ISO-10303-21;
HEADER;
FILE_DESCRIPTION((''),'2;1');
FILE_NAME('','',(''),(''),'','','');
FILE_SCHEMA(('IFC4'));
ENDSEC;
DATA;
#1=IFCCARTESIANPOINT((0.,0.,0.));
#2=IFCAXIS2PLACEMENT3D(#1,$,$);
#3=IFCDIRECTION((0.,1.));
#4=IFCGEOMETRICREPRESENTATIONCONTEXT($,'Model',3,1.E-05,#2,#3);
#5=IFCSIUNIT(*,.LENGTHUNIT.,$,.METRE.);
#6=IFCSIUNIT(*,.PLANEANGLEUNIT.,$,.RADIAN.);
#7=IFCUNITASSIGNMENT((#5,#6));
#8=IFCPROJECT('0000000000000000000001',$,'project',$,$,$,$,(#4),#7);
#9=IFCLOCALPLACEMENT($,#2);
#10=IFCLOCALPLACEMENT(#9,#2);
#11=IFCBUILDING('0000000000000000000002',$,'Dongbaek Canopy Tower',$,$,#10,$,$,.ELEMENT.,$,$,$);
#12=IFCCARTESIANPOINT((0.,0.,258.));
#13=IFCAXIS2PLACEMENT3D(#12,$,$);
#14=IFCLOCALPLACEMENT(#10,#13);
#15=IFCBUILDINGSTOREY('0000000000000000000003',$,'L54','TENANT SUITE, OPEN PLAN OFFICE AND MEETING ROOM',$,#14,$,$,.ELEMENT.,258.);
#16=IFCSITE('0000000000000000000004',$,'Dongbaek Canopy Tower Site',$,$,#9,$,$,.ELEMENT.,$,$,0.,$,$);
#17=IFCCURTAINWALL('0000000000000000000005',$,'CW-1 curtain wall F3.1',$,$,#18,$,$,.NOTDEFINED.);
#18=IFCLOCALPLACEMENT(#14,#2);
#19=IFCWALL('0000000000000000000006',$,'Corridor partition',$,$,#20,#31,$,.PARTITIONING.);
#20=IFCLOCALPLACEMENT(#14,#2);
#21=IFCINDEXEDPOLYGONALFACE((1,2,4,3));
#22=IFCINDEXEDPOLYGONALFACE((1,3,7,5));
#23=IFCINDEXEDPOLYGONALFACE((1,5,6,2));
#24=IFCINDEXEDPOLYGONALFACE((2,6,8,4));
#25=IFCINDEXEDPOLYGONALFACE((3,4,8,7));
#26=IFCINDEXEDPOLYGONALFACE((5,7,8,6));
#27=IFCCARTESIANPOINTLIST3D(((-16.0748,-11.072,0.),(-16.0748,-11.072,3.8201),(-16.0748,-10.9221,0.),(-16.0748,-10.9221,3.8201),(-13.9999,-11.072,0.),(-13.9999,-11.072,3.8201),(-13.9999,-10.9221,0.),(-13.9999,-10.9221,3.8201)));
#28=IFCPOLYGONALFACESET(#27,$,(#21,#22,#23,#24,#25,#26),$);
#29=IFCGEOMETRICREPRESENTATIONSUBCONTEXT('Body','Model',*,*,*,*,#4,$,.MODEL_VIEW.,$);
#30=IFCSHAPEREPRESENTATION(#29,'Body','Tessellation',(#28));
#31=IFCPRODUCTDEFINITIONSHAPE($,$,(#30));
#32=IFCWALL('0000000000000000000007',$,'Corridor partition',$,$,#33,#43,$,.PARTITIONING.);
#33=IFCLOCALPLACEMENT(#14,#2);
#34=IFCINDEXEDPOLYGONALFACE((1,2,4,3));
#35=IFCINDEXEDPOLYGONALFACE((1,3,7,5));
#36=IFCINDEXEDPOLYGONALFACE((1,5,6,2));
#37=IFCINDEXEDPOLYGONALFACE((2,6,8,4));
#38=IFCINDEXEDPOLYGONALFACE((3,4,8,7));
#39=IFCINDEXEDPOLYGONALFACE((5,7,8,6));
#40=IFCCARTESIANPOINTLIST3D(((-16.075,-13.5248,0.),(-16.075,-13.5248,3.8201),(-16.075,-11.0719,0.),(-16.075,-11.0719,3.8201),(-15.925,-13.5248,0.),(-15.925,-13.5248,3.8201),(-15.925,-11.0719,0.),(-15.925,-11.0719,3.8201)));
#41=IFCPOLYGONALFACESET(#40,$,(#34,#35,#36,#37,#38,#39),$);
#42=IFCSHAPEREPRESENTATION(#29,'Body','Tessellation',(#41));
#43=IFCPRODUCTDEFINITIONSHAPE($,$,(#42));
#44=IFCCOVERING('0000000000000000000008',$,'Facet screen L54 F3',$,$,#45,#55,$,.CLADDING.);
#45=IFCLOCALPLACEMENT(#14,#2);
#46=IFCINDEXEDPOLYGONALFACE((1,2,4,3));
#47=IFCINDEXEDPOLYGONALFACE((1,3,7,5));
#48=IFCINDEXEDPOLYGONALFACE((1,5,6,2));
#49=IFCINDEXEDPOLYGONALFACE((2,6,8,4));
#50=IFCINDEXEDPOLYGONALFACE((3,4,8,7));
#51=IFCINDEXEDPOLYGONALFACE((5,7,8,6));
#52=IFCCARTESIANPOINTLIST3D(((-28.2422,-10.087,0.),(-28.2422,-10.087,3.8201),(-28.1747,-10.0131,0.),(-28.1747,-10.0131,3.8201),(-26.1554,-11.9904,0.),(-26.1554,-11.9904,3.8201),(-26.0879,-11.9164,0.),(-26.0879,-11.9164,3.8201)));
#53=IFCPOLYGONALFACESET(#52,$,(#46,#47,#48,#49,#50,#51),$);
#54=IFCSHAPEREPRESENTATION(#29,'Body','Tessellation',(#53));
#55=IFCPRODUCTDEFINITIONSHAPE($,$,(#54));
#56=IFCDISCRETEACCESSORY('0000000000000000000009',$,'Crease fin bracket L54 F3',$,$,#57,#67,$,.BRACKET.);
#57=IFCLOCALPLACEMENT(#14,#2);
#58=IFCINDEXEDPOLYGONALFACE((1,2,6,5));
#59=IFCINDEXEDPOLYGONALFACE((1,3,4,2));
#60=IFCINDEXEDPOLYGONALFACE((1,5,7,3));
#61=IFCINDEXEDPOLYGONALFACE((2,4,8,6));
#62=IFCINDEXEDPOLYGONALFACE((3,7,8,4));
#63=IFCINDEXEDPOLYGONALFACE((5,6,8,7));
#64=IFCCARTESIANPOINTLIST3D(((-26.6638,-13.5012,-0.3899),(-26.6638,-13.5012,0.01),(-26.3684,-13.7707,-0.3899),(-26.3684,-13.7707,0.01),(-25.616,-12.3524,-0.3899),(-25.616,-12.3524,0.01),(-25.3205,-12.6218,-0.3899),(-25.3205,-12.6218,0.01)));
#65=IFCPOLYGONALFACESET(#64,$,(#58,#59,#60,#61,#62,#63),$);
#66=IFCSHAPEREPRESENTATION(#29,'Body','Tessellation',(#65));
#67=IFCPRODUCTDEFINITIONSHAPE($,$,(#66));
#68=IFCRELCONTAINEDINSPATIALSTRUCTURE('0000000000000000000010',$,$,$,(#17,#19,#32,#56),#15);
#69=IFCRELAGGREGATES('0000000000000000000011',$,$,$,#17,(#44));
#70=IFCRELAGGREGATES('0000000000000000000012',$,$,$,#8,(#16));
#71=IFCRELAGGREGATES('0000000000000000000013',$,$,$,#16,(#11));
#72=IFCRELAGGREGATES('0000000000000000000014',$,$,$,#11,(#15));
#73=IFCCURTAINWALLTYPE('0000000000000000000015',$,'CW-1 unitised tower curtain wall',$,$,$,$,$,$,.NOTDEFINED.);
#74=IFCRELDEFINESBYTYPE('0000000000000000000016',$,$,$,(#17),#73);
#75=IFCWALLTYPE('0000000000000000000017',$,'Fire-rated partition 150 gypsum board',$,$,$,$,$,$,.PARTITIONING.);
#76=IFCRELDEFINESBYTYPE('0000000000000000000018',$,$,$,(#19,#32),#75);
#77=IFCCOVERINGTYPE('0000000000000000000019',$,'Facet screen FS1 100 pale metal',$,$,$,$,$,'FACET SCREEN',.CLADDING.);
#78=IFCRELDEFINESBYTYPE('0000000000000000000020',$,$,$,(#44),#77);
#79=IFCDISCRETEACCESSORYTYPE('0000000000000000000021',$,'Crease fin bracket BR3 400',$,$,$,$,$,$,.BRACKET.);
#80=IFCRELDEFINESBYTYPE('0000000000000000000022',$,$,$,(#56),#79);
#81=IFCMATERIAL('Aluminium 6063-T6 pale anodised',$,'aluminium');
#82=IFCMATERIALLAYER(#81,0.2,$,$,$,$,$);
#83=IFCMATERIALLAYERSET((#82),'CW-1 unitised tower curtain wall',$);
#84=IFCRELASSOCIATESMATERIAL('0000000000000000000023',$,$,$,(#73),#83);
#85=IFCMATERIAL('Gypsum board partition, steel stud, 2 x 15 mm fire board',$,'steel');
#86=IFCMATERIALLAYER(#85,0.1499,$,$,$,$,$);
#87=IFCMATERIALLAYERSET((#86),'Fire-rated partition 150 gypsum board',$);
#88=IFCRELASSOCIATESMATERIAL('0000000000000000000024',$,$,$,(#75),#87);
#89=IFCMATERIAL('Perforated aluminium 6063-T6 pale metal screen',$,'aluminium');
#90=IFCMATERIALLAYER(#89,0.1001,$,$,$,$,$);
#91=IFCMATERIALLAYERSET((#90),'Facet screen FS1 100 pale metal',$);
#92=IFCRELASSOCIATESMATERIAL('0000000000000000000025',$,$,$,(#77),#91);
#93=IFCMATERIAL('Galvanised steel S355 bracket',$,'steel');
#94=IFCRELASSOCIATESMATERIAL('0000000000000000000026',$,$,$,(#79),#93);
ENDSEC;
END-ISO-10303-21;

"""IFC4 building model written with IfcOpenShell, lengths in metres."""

from ifc_helpers import new_model, si_unit, direction, frame, frame_2d, origin, origin_2d, place, context, subcontext, project, spatial, rectangle, extrude, material, layer, layer_set, type_object, element, aggregate, save


model = new_model("IFC4")

# Units and contexts
model_context = context("Model", 3, precision=1e-05, world=origin(), true_north=direction((0.0, 1.0)))
body_context = subcontext(model_context, "Body", "Model", "MODEL_VIEW")
ifc_project = project(units=[si_unit("LENGTHUNIT", "METRE"), si_unit("PLANEANGLEUNIT", "RADIAN")], contexts=[model_context])

# Site, building, storey
site_placement = place(None, origin())
site = spatial("IfcSite", under=ifc_project, at=site_placement, Name="Dongbaek Canopy Tower Site", CompositionType="ELEMENT", RefElevation=0.0)
building_placement = place(site_placement, origin())
building = spatial("IfcBuilding", under=site, at=building_placement, Name="Dongbaek Canopy Tower", CompositionType="ELEMENT")
storey_placement = place(building_placement, frame((0.0, 0.0, 258.0)))
storey = spatial("IfcBuildingStorey", under=building, at=storey_placement, Name="L54", Description="TENANT SUITE, OPEN PLAN OFFICE AND MEETING ROOM", CompositionType="ELEMENT", Elevation=258.0)

# Curtain wall
ifc_material_1 = material(Name="Aluminium 6063-T6 pale anodised", Category="aluminium")
ifc_layer_1 = layer(ifc_material_1, 0.2)
ifc_layer_set_1 = layer_set([ifc_layer_1], Name="CW-1 unitised tower curtain wall")
curtain_wall_type = type_object("IfcCurtainWallType", Name="CW-1 unitised tower curtain wall", PredefinedType="NOTDEFINED", material=ifc_layer_set_1)
curtain_wall_placement = place(storey_placement, origin())
curtain_wall = element("IfcCurtainWall", 1, at=curtain_wall_placement, inside=storey, type_object=curtain_wall_type, Name="CW-1 curtain wall F3.1", PredefinedType="NOTDEFINED")

# Walls
ifc_material_2 = material(Name="Gypsum board partition, steel stud, 2 x 15 mm fire board", Category="steel")
ifc_layer_2 = layer(ifc_material_2, 0.1499)
ifc_layer_set_2 = layer_set([ifc_layer_2], Name="Fire-rated partition 150 gypsum board")
wall_type_1 = type_object("IfcWallType", Name="Fire-rated partition 150 gypsum board", PredefinedType="PARTITIONING", material=ifc_layer_set_2)
wall_1_placement = place(storey_placement, frame((-16.075, -10.9971, 0.0), z_axis=(0.0, 0.0, 1.0), x_axis=(1.0, 0.0, 0.0)))
element("IfcWall", 2, at=wall_1_placement, inside=storey, type_object=wall_type_1, Name="Corridor partition", PredefinedType="PARTITIONING", context=body_context, shape_type="SweptSolid", body=[
    extrude(rectangle(XDim=2.075, YDim=0.1499, at=frame_2d((1.0376, 0.0))), origin(), (0.0, 0.0, 1.0), 3.8201),
])
wall_2_placement = place(storey_placement, frame((-16.0, -13.5249, 0.0), z_axis=(0.0, 0.0, 1.0), x_axis=(0.0, 1.0, 0.0)))
element("IfcWall", 3, at=wall_2_placement, inside=storey, type_object=wall_type_1, Name="Corridor partition", PredefinedType="PARTITIONING", context=body_context, shape_type="SweptSolid", body=[
    extrude(rectangle(XDim=2.4529, YDim=0.1499, at=frame_2d((1.2266, 0.0))), origin(), (0.0, 0.0, 1.0), 3.8201),
])

# Covering
ifc_material_3 = material(Name="Perforated aluminium 6063-T6 pale metal screen", Category="aluminium")
ifc_layer_3 = layer(ifc_material_3, 0.1001)
ifc_layer_set_3 = layer_set([ifc_layer_3], Name="Facet screen FS1 100 pale metal")
covering_type = type_object("IfcCoveringType", Name="Facet screen FS1 100 pale metal", ElementType="FACET SCREEN", PredefinedType="CLADDING", material=ifc_layer_set_3)
covering_placement = place(storey_placement, frame((-27.165, -11.0017, 0.0), z_axis=(0.0, 0.0, 1.0), x_axis=(0.738841, -0.67388, 0.0)))
covering = element("IfcCovering", 4, at=covering_placement, type_object=covering_type, Name="Facet screen L54 F3", PredefinedType="CLADDING", context=body_context, shape_type="SweptSolid", body=[
    extrude(rectangle(XDim=2.8245, YDim=0.1001, at=origin_2d()), origin(), (0.0, 0.0, 1.0), 3.8201),
])
aggregate(curtain_wall, [covering])

# Discrete accessory
ifc_material_4 = material(Name="Galvanised steel S355 bracket", Category="steel")
discrete_accessory_type = type_object("IfcDiscreteAccessoryType", Name="Crease fin bracket BR3 400", PredefinedType="BRACKET", material=ifc_material_4)
discrete_accessory_placement = place(storey_placement, frame((-25.9922, -13.0615, -0.3899), z_axis=(0.0, 0.0, 1.0), x_axis=(-0.67388, -0.738841, 0.0)))
element("IfcDiscreteAccessory", 5, at=discrete_accessory_placement, inside=storey, type_object=discrete_accessory_type, Name="Crease fin bracket L54 F3", PredefinedType="BRACKET", context=body_context, shape_type="SweptSolid", body=[
    extrude(rectangle(XDim=1.5549, YDim=0.3999, at=origin_2d()), origin(), (0.0, 0.0, 1.0), 0.3999),
])

save(model, "model.ifc")
